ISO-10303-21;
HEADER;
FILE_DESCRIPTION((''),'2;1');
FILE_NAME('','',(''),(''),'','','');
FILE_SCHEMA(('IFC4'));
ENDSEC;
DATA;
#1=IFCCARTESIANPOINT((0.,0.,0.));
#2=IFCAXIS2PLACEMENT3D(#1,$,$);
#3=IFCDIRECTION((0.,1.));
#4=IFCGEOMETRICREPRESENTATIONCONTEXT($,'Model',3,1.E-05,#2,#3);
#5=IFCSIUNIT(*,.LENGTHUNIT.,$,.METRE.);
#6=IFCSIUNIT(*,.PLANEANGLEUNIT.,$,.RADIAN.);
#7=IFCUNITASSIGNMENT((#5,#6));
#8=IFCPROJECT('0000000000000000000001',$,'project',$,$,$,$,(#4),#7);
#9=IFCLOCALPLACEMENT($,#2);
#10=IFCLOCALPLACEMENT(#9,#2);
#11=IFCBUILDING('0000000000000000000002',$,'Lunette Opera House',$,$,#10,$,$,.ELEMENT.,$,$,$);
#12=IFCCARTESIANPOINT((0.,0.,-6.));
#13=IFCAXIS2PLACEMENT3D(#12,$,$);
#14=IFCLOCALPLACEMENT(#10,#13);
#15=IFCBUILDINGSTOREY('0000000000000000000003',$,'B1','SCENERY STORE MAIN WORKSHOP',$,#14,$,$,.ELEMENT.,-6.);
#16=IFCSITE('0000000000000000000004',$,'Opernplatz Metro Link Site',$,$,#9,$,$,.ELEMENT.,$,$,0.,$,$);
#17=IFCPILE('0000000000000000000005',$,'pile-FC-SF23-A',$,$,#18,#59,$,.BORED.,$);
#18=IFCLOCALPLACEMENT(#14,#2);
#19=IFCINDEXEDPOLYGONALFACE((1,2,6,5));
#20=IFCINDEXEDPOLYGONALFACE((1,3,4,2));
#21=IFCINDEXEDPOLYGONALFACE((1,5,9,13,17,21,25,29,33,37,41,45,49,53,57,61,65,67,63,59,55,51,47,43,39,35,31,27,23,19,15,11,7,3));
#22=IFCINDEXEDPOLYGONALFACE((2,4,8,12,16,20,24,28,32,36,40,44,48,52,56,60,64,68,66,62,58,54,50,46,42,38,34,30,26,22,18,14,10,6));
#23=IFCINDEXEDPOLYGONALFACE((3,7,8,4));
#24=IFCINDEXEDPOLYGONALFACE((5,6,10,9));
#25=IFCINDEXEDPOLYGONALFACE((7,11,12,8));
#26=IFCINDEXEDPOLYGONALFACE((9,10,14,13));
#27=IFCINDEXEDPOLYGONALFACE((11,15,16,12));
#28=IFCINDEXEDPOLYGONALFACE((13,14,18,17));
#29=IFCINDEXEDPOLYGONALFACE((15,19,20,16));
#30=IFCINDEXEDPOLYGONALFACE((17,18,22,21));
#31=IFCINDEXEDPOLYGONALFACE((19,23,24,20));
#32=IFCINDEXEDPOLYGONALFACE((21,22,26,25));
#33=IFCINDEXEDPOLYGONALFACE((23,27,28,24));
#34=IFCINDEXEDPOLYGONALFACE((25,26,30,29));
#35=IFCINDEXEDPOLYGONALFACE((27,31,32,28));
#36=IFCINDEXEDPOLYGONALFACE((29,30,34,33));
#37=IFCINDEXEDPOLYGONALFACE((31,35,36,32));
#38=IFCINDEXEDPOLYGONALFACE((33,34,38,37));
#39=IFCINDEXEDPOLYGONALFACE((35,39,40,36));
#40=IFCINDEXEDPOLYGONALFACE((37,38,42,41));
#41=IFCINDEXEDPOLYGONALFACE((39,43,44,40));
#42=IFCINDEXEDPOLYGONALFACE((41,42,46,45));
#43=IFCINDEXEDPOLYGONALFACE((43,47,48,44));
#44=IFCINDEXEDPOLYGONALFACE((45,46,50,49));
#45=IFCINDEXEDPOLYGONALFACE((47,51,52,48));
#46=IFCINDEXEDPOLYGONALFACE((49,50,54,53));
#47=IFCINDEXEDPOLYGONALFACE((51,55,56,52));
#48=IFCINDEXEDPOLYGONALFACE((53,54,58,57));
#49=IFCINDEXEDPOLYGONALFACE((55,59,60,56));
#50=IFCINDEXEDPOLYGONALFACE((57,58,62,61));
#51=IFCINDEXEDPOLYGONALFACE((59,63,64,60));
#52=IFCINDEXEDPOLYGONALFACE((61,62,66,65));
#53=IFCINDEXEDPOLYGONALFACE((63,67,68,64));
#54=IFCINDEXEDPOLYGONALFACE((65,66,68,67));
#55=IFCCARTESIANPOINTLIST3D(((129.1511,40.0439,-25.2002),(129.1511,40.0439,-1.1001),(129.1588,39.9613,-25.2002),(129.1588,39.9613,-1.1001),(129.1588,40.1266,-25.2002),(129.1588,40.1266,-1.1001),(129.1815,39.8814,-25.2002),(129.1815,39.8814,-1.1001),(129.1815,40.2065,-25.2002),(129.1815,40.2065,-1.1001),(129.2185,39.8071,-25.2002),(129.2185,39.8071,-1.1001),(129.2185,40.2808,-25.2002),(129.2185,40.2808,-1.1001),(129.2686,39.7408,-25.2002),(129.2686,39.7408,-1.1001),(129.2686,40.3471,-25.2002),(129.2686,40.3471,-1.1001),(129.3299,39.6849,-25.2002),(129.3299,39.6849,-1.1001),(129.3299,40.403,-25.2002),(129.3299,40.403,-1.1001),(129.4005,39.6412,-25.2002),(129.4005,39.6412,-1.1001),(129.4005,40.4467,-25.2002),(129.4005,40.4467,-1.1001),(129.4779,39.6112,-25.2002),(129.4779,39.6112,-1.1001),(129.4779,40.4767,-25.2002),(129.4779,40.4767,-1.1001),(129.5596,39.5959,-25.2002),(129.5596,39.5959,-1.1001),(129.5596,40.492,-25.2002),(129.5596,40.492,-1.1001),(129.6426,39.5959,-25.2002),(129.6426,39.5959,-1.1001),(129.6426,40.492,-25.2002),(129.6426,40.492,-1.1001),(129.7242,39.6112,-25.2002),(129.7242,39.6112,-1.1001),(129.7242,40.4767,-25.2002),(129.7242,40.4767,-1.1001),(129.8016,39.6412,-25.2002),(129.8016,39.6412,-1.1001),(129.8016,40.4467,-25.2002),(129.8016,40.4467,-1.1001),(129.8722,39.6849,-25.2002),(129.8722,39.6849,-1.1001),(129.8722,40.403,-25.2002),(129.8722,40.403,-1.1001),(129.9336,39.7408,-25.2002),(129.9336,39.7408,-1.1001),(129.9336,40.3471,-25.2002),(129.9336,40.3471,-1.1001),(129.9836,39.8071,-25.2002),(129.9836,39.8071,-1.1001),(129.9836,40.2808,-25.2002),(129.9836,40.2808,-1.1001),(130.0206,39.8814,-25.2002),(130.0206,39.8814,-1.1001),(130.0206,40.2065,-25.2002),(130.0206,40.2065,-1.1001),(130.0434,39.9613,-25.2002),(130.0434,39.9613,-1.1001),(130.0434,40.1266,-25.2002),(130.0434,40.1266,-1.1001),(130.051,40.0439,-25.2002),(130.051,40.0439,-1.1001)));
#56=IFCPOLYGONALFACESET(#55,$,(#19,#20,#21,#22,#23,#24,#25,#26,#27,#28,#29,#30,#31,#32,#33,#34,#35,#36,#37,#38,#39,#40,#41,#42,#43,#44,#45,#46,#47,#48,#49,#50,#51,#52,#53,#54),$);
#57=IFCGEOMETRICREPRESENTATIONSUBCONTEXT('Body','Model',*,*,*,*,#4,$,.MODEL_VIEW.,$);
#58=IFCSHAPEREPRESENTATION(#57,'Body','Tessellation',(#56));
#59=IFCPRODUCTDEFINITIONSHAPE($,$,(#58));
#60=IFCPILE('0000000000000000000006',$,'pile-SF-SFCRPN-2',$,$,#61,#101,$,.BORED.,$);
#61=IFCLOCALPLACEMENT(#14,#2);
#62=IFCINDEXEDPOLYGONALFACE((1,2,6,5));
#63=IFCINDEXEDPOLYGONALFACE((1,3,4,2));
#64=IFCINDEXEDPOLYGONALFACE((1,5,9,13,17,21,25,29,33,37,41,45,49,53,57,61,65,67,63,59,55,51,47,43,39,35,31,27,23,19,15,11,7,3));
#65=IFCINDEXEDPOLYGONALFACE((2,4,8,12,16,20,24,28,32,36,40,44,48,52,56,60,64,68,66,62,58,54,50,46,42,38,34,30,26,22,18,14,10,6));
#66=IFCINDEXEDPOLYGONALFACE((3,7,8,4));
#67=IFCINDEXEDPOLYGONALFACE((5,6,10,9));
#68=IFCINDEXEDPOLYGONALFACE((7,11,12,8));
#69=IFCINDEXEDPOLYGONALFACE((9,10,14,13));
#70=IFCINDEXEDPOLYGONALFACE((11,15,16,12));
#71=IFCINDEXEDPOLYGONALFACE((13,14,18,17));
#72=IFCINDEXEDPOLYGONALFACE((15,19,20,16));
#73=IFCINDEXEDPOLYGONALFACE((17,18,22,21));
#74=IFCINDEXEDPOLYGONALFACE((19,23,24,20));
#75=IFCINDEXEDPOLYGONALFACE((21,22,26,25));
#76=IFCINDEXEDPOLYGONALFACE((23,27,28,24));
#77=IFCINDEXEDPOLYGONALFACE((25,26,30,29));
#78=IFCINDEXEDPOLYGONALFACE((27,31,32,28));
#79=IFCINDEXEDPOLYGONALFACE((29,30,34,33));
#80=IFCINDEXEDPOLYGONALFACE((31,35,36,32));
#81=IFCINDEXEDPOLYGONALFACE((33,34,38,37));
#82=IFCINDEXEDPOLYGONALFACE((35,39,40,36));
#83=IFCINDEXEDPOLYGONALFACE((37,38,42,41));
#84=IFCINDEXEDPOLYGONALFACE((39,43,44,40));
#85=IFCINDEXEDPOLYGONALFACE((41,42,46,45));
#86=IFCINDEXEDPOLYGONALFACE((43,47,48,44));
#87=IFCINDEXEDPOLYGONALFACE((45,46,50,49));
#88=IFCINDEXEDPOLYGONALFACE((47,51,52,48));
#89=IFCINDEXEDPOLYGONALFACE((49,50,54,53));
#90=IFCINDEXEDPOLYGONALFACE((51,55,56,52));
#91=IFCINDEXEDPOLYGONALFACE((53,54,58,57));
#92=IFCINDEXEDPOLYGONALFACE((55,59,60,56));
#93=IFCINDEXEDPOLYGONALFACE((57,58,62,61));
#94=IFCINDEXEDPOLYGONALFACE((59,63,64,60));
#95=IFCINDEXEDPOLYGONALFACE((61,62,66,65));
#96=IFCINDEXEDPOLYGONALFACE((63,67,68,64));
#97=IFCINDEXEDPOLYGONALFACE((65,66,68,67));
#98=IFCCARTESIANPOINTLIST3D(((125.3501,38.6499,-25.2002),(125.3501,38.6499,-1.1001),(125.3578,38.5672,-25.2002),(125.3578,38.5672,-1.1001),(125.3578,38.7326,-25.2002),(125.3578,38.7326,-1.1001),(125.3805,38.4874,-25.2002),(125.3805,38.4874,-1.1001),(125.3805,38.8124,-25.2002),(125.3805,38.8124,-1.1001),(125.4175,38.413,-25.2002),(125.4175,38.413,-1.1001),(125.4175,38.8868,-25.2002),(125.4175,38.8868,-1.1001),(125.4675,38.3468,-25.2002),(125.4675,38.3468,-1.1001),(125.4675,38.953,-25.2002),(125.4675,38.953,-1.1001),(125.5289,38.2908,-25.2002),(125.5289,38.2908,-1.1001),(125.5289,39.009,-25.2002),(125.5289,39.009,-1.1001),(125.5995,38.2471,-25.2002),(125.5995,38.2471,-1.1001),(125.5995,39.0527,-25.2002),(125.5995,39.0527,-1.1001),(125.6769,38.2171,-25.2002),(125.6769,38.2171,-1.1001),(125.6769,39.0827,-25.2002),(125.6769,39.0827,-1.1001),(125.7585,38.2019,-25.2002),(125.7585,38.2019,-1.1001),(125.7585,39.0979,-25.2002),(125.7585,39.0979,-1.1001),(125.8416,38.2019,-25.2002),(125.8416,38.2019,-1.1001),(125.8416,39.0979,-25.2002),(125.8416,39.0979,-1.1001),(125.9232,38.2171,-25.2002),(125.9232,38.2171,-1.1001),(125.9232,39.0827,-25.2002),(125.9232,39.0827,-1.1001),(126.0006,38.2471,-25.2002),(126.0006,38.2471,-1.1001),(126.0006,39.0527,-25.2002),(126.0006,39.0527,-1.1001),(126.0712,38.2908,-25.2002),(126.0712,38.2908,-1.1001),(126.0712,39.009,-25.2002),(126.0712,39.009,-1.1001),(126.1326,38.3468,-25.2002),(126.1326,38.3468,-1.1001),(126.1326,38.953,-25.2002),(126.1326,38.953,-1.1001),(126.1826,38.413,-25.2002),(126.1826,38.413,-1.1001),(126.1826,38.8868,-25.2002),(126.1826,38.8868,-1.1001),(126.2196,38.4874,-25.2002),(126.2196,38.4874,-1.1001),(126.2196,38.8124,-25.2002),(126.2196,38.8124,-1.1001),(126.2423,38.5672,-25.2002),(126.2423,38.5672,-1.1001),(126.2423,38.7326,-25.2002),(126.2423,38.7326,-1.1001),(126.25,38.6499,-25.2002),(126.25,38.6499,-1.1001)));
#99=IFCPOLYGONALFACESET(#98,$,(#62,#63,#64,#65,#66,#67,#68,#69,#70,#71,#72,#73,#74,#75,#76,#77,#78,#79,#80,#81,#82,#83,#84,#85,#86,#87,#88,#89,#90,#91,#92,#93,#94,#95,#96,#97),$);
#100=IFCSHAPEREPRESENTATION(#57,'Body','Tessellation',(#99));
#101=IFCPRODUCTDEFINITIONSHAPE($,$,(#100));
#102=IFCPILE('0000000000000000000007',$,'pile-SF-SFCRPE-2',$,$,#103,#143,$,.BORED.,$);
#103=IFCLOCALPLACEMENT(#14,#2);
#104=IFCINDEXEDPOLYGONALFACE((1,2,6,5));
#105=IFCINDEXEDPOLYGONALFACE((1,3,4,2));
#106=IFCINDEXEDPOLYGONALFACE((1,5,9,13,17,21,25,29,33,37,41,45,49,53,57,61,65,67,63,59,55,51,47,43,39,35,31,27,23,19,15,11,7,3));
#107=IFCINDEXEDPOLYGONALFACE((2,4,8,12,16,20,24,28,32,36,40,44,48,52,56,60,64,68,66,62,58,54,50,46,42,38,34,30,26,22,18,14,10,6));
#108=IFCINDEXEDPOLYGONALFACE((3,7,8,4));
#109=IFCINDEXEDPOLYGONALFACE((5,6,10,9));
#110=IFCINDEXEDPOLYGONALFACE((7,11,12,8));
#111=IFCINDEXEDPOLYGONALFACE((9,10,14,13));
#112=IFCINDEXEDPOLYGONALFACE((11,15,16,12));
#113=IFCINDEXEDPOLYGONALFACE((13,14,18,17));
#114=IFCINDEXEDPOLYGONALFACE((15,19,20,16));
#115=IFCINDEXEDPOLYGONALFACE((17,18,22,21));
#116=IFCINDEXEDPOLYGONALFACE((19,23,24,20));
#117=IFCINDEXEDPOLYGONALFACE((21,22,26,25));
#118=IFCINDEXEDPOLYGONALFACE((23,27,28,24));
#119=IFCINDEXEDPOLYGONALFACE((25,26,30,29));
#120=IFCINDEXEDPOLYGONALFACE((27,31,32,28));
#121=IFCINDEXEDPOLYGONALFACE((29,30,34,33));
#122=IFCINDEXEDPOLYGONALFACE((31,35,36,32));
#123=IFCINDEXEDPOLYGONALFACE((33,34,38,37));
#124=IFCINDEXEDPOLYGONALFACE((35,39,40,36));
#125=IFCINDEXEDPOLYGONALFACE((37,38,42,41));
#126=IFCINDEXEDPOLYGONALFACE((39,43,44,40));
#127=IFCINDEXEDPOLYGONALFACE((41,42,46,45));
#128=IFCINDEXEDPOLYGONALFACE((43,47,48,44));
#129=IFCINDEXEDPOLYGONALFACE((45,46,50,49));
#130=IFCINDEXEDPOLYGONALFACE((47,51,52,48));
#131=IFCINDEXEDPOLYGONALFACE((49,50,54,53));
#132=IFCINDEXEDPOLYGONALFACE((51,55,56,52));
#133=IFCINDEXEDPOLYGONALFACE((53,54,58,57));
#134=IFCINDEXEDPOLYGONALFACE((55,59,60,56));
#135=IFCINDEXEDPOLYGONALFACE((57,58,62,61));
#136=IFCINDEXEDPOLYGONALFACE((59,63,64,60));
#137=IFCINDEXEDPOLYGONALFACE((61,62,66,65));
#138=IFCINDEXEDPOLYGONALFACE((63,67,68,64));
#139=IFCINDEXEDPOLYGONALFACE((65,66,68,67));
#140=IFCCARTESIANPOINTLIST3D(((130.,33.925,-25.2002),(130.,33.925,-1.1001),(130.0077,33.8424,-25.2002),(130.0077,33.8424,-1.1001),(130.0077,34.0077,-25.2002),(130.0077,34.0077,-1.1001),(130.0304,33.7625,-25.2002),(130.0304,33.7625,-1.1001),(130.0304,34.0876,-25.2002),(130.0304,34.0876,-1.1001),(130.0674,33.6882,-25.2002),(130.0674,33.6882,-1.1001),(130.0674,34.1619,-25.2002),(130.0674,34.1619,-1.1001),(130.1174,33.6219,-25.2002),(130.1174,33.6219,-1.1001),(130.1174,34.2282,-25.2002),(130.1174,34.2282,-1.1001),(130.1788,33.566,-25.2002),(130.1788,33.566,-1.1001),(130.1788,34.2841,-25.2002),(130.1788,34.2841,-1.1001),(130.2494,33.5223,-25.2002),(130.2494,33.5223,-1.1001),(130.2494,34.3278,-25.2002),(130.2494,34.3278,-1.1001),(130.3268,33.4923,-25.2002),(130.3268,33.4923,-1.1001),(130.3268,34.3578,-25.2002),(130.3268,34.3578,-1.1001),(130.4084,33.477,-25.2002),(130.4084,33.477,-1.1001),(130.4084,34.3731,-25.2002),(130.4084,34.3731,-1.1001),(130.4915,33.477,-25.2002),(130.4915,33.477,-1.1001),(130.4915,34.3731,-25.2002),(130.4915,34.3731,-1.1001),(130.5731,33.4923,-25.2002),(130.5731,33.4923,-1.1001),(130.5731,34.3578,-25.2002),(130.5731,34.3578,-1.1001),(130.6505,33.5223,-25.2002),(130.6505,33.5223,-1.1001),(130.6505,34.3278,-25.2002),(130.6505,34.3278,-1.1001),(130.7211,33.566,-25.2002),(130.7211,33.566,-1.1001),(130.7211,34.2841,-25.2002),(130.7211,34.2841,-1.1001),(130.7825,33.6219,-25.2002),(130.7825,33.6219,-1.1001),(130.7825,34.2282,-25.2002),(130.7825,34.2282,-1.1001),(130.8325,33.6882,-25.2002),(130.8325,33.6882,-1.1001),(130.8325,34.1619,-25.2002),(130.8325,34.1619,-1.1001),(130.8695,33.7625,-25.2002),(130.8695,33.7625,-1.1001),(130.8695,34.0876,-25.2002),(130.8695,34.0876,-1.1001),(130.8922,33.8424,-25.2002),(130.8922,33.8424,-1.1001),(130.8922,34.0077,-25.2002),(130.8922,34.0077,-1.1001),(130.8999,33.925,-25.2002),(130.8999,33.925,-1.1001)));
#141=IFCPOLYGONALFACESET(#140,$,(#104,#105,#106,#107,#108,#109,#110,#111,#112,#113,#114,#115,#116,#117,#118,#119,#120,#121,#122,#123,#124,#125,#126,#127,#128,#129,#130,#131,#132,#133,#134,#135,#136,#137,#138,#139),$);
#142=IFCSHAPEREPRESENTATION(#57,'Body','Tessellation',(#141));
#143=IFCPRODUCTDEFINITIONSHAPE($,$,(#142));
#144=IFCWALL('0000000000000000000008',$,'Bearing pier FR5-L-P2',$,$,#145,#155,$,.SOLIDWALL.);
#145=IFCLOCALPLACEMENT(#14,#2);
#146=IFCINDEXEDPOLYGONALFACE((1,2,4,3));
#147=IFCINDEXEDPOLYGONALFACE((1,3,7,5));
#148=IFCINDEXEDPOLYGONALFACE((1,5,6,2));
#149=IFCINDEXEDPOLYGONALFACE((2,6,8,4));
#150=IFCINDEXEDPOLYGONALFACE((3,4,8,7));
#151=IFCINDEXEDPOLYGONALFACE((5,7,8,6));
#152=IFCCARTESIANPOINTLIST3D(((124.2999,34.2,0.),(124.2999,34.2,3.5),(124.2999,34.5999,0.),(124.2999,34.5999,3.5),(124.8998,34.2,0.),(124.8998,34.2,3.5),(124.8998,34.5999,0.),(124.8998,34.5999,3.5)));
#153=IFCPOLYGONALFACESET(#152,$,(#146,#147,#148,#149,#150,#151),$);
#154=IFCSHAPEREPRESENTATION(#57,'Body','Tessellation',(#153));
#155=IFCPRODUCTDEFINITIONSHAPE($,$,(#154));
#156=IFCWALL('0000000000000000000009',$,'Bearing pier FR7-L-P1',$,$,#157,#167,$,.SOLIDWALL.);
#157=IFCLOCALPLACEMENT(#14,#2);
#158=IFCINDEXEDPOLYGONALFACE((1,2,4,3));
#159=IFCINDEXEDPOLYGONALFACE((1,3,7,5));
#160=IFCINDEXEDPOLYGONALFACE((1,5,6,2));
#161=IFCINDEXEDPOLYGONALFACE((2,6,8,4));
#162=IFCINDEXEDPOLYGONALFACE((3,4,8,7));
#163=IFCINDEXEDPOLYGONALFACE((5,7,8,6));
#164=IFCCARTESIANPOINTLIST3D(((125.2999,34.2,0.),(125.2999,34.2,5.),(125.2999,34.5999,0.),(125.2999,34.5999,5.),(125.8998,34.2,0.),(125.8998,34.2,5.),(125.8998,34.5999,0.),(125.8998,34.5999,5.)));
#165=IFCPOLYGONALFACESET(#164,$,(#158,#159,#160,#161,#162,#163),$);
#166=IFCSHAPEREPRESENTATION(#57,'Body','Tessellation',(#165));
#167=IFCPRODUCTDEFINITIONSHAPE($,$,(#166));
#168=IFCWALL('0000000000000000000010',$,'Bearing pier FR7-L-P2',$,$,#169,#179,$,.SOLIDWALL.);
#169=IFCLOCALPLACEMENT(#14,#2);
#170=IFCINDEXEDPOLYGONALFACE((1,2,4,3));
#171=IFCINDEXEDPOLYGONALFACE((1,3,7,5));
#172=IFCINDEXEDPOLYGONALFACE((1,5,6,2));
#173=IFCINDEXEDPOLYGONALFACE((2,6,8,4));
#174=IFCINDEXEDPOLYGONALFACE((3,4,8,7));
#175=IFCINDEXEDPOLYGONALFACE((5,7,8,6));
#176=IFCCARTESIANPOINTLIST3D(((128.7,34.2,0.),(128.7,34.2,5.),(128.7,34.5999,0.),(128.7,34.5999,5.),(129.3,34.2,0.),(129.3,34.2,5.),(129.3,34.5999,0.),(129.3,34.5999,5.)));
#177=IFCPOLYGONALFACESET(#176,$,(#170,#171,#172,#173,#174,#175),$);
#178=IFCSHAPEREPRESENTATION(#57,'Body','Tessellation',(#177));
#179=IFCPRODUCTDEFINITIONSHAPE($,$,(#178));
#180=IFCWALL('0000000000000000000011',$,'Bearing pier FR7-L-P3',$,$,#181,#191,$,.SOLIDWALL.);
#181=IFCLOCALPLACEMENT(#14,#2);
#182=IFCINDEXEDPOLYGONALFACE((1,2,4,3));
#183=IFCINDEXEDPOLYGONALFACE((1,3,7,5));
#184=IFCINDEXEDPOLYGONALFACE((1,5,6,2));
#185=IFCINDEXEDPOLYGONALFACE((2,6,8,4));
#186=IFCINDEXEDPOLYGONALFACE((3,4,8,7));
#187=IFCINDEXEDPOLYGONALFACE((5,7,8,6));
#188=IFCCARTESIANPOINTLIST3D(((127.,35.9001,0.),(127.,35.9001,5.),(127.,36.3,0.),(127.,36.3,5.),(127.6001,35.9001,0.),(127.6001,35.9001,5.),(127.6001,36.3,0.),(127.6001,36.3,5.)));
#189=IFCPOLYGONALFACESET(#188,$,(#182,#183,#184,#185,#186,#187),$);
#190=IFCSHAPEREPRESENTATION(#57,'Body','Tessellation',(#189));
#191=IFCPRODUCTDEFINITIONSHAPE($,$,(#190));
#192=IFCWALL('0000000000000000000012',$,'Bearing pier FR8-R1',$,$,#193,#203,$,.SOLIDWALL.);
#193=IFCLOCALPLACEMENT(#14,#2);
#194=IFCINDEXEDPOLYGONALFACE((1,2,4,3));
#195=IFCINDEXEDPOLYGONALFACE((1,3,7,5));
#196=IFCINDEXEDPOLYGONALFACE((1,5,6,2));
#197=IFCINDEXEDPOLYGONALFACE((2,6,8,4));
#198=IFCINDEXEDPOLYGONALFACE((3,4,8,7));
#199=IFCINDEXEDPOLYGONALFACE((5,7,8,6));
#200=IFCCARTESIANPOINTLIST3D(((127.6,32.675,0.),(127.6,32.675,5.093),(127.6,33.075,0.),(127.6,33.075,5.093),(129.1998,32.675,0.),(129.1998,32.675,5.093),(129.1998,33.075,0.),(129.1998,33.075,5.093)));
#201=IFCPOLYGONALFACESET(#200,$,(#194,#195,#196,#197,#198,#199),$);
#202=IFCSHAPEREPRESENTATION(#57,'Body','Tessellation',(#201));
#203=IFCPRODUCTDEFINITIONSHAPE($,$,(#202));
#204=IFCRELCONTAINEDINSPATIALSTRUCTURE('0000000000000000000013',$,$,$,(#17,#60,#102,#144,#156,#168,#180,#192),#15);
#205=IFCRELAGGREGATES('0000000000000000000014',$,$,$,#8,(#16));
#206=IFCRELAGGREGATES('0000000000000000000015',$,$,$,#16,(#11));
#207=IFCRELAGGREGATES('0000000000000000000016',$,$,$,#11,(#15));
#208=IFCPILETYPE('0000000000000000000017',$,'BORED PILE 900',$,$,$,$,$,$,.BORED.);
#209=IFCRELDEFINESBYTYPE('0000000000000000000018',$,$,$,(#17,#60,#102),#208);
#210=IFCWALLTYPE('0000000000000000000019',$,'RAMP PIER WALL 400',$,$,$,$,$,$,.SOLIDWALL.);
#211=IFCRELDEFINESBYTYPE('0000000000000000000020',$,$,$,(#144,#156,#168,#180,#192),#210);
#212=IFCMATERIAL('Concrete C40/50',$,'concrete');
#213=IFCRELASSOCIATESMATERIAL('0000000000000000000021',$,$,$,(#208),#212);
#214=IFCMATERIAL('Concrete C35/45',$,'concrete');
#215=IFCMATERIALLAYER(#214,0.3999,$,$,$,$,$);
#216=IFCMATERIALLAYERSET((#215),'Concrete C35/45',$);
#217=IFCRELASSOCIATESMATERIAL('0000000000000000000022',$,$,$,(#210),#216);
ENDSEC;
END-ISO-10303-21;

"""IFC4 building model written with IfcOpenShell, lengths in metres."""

from ifc_helpers import new_model, si_unit, direction, frame, frame_2d, origin, origin_2d, place, context, subcontext, project, spatial, rectangle, circle, extrude, material, layer, layer_set, material_profile, profile_set, type_object, element, save


model = new_model("IFC4")

# Units and contexts
model_context = context("Model", 3, precision=1e-05, world=origin(), true_north=direction((0.0, 1.0)))
body_context = subcontext(model_context, "Body", "Model", "MODEL_VIEW")
ifc_project = project(units=[si_unit("LENGTHUNIT", "METRE"), si_unit("PLANEANGLEUNIT", "RADIAN")], contexts=[model_context])

# Site, building, storey
site_placement = place(None, origin())
site = spatial("IfcSite", under=ifc_project, at=site_placement, Name="Opernplatz Metro Link Site", CompositionType="ELEMENT", RefElevation=0.0)
building_placement = place(site_placement, origin())
building = spatial("IfcBuilding", under=site, at=building_placement, Name="Lunette Opera House", CompositionType="ELEMENT")
storey_placement = place(building_placement, frame((0.0, 0.0, -6.0)))
storey = spatial("IfcBuildingStorey", under=building, at=storey_placement, Name="B1", Description="SCENERY STORE MAIN WORKSHOP", CompositionType="ELEMENT", Elevation=-6.0)

# Piles
ifc_material_1 = material(Name="Concrete C40/50", Category="concrete")
ifc_material_profile = material_profile(ifc_material_1, circle(Radius=0.45, at=origin_2d()), Name="BORED PILE 900")
ifc_profile_set = profile_set([ifc_material_profile], Name="Concrete C40/50")
pile_type = type_object("IfcPileType", Name="BORED PILE 900", PredefinedType="BORED", material=ifc_profile_set)
for number, where, z_axis, x_axis, name in (
    (1, (129.6011, 40.0439, -1.1001), (0.0, 0.0, -1.0), (1.0, 0.0, 0.0), "pile-FC-SF23-A"),
    (2, (125.8, 38.6499, -1.1001), (0.0, 0.0, -1.0), (1.0, 0.0, 0.0), "pile-SF-SFCRPN-2"),
    (3, (130.45, 33.925, -1.1001), (0.0, 0.0, -1.0), (1.0, 0.0, 0.0), "pile-SF-SFCRPE-2"),
):
    element("IfcPile", number, at=place(storey_placement, frame(where, z_axis=z_axis, x_axis=x_axis)), inside=storey, type_object=pile_type, Name=name, PredefinedType="BORED", context=body_context, shape_type="SweptSolid", body=[
        extrude(circle(Radius=0.45, at=origin_2d()), origin(), (0.0, 0.0, 1.0), 24.1001),
    ])

# Walls
ifc_material_2 = material(Name="Concrete C35/45", Category="concrete")
ifc_layer_1 = layer(ifc_material_2, 0.3999)
ifc_layer_set_1 = layer_set([ifc_layer_1], Name="Concrete C35/45")
wall_type_1 = type_object("IfcWallType", Name="RAMP PIER WALL 400", PredefinedType="SOLIDWALL", material=ifc_layer_set_1)
wall_1_placement = place(storey_placement, frame((124.3, 34.3999, 0.0), z_axis=(0.0, 0.0, 1.0), x_axis=(1.0, 0.0, 0.0)))
element("IfcWall", 4, at=wall_1_placement, inside=storey, type_object=wall_type_1, Name="Bearing pier FR5-L-P2", PredefinedType="SOLIDWALL", context=body_context, shape_type="SweptSolid", body=[
    extrude(rectangle(XDim=0.5999, YDim=0.3999, at=frame_2d((0.2998, 0.0))), origin(), (0.0, 0.0, 1.0), 3.5),
])
wall_2_placement = place(storey_placement, frame((125.3, 34.3999, 0.0), z_axis=(0.0, 0.0, 1.0), x_axis=(1.0, 0.0, 0.0)))
element("IfcWall", 5, at=wall_2_placement, inside=storey, type_object=wall_type_1, Name="Bearing pier FR7-L-P1", PredefinedType="SOLIDWALL", context=body_context, shape_type="SweptSolid", body=[
    extrude(rectangle(XDim=0.5999, YDim=0.3999, at=frame_2d((0.2998, 0.0))), origin(), (0.0, 0.0, 1.0), 5.0),
])
for number, where, z_axis, x_axis, name in (
    (6, (128.7, 34.3999, 0.0), (0.0, 0.0, 1.0), (1.0, 0.0, 0.0), "Bearing pier FR7-L-P2"),
    (7, (127.0, 36.1001, 0.0), (0.0, 0.0, 1.0), (1.0, 0.0, 0.0), "Bearing pier FR7-L-P3"),
):
    element("IfcWall", number, at=place(storey_placement, frame(where, z_axis=z_axis, x_axis=x_axis)), inside=storey, type_object=wall_type_1, Name=name, PredefinedType="SOLIDWALL", context=body_context, shape_type="SweptSolid", body=[
        extrude(rectangle(XDim=0.6001, YDim=0.3999, at=frame_2d((0.3, 0.0))), origin(), (0.0, 0.0, 1.0), 5.0),
    ])
wall_3_placement = place(storey_placement, frame((127.6001, 32.875, 0.0), z_axis=(0.0, 0.0, 1.0), x_axis=(1.0, 0.0, 0.0)))
element("IfcWall", 8, at=wall_3_placement, inside=storey, type_object=wall_type_1, Name="Bearing pier FR8-R1", PredefinedType="SOLIDWALL", context=body_context, shape_type="SweptSolid", body=[
    extrude(rectangle(XDim=1.5999, YDim=0.3999, at=frame_2d((0.7998, 0.0))), origin(), (0.0, 0.0, 1.0), 5.093),
])

save(model, "model.ifc")
